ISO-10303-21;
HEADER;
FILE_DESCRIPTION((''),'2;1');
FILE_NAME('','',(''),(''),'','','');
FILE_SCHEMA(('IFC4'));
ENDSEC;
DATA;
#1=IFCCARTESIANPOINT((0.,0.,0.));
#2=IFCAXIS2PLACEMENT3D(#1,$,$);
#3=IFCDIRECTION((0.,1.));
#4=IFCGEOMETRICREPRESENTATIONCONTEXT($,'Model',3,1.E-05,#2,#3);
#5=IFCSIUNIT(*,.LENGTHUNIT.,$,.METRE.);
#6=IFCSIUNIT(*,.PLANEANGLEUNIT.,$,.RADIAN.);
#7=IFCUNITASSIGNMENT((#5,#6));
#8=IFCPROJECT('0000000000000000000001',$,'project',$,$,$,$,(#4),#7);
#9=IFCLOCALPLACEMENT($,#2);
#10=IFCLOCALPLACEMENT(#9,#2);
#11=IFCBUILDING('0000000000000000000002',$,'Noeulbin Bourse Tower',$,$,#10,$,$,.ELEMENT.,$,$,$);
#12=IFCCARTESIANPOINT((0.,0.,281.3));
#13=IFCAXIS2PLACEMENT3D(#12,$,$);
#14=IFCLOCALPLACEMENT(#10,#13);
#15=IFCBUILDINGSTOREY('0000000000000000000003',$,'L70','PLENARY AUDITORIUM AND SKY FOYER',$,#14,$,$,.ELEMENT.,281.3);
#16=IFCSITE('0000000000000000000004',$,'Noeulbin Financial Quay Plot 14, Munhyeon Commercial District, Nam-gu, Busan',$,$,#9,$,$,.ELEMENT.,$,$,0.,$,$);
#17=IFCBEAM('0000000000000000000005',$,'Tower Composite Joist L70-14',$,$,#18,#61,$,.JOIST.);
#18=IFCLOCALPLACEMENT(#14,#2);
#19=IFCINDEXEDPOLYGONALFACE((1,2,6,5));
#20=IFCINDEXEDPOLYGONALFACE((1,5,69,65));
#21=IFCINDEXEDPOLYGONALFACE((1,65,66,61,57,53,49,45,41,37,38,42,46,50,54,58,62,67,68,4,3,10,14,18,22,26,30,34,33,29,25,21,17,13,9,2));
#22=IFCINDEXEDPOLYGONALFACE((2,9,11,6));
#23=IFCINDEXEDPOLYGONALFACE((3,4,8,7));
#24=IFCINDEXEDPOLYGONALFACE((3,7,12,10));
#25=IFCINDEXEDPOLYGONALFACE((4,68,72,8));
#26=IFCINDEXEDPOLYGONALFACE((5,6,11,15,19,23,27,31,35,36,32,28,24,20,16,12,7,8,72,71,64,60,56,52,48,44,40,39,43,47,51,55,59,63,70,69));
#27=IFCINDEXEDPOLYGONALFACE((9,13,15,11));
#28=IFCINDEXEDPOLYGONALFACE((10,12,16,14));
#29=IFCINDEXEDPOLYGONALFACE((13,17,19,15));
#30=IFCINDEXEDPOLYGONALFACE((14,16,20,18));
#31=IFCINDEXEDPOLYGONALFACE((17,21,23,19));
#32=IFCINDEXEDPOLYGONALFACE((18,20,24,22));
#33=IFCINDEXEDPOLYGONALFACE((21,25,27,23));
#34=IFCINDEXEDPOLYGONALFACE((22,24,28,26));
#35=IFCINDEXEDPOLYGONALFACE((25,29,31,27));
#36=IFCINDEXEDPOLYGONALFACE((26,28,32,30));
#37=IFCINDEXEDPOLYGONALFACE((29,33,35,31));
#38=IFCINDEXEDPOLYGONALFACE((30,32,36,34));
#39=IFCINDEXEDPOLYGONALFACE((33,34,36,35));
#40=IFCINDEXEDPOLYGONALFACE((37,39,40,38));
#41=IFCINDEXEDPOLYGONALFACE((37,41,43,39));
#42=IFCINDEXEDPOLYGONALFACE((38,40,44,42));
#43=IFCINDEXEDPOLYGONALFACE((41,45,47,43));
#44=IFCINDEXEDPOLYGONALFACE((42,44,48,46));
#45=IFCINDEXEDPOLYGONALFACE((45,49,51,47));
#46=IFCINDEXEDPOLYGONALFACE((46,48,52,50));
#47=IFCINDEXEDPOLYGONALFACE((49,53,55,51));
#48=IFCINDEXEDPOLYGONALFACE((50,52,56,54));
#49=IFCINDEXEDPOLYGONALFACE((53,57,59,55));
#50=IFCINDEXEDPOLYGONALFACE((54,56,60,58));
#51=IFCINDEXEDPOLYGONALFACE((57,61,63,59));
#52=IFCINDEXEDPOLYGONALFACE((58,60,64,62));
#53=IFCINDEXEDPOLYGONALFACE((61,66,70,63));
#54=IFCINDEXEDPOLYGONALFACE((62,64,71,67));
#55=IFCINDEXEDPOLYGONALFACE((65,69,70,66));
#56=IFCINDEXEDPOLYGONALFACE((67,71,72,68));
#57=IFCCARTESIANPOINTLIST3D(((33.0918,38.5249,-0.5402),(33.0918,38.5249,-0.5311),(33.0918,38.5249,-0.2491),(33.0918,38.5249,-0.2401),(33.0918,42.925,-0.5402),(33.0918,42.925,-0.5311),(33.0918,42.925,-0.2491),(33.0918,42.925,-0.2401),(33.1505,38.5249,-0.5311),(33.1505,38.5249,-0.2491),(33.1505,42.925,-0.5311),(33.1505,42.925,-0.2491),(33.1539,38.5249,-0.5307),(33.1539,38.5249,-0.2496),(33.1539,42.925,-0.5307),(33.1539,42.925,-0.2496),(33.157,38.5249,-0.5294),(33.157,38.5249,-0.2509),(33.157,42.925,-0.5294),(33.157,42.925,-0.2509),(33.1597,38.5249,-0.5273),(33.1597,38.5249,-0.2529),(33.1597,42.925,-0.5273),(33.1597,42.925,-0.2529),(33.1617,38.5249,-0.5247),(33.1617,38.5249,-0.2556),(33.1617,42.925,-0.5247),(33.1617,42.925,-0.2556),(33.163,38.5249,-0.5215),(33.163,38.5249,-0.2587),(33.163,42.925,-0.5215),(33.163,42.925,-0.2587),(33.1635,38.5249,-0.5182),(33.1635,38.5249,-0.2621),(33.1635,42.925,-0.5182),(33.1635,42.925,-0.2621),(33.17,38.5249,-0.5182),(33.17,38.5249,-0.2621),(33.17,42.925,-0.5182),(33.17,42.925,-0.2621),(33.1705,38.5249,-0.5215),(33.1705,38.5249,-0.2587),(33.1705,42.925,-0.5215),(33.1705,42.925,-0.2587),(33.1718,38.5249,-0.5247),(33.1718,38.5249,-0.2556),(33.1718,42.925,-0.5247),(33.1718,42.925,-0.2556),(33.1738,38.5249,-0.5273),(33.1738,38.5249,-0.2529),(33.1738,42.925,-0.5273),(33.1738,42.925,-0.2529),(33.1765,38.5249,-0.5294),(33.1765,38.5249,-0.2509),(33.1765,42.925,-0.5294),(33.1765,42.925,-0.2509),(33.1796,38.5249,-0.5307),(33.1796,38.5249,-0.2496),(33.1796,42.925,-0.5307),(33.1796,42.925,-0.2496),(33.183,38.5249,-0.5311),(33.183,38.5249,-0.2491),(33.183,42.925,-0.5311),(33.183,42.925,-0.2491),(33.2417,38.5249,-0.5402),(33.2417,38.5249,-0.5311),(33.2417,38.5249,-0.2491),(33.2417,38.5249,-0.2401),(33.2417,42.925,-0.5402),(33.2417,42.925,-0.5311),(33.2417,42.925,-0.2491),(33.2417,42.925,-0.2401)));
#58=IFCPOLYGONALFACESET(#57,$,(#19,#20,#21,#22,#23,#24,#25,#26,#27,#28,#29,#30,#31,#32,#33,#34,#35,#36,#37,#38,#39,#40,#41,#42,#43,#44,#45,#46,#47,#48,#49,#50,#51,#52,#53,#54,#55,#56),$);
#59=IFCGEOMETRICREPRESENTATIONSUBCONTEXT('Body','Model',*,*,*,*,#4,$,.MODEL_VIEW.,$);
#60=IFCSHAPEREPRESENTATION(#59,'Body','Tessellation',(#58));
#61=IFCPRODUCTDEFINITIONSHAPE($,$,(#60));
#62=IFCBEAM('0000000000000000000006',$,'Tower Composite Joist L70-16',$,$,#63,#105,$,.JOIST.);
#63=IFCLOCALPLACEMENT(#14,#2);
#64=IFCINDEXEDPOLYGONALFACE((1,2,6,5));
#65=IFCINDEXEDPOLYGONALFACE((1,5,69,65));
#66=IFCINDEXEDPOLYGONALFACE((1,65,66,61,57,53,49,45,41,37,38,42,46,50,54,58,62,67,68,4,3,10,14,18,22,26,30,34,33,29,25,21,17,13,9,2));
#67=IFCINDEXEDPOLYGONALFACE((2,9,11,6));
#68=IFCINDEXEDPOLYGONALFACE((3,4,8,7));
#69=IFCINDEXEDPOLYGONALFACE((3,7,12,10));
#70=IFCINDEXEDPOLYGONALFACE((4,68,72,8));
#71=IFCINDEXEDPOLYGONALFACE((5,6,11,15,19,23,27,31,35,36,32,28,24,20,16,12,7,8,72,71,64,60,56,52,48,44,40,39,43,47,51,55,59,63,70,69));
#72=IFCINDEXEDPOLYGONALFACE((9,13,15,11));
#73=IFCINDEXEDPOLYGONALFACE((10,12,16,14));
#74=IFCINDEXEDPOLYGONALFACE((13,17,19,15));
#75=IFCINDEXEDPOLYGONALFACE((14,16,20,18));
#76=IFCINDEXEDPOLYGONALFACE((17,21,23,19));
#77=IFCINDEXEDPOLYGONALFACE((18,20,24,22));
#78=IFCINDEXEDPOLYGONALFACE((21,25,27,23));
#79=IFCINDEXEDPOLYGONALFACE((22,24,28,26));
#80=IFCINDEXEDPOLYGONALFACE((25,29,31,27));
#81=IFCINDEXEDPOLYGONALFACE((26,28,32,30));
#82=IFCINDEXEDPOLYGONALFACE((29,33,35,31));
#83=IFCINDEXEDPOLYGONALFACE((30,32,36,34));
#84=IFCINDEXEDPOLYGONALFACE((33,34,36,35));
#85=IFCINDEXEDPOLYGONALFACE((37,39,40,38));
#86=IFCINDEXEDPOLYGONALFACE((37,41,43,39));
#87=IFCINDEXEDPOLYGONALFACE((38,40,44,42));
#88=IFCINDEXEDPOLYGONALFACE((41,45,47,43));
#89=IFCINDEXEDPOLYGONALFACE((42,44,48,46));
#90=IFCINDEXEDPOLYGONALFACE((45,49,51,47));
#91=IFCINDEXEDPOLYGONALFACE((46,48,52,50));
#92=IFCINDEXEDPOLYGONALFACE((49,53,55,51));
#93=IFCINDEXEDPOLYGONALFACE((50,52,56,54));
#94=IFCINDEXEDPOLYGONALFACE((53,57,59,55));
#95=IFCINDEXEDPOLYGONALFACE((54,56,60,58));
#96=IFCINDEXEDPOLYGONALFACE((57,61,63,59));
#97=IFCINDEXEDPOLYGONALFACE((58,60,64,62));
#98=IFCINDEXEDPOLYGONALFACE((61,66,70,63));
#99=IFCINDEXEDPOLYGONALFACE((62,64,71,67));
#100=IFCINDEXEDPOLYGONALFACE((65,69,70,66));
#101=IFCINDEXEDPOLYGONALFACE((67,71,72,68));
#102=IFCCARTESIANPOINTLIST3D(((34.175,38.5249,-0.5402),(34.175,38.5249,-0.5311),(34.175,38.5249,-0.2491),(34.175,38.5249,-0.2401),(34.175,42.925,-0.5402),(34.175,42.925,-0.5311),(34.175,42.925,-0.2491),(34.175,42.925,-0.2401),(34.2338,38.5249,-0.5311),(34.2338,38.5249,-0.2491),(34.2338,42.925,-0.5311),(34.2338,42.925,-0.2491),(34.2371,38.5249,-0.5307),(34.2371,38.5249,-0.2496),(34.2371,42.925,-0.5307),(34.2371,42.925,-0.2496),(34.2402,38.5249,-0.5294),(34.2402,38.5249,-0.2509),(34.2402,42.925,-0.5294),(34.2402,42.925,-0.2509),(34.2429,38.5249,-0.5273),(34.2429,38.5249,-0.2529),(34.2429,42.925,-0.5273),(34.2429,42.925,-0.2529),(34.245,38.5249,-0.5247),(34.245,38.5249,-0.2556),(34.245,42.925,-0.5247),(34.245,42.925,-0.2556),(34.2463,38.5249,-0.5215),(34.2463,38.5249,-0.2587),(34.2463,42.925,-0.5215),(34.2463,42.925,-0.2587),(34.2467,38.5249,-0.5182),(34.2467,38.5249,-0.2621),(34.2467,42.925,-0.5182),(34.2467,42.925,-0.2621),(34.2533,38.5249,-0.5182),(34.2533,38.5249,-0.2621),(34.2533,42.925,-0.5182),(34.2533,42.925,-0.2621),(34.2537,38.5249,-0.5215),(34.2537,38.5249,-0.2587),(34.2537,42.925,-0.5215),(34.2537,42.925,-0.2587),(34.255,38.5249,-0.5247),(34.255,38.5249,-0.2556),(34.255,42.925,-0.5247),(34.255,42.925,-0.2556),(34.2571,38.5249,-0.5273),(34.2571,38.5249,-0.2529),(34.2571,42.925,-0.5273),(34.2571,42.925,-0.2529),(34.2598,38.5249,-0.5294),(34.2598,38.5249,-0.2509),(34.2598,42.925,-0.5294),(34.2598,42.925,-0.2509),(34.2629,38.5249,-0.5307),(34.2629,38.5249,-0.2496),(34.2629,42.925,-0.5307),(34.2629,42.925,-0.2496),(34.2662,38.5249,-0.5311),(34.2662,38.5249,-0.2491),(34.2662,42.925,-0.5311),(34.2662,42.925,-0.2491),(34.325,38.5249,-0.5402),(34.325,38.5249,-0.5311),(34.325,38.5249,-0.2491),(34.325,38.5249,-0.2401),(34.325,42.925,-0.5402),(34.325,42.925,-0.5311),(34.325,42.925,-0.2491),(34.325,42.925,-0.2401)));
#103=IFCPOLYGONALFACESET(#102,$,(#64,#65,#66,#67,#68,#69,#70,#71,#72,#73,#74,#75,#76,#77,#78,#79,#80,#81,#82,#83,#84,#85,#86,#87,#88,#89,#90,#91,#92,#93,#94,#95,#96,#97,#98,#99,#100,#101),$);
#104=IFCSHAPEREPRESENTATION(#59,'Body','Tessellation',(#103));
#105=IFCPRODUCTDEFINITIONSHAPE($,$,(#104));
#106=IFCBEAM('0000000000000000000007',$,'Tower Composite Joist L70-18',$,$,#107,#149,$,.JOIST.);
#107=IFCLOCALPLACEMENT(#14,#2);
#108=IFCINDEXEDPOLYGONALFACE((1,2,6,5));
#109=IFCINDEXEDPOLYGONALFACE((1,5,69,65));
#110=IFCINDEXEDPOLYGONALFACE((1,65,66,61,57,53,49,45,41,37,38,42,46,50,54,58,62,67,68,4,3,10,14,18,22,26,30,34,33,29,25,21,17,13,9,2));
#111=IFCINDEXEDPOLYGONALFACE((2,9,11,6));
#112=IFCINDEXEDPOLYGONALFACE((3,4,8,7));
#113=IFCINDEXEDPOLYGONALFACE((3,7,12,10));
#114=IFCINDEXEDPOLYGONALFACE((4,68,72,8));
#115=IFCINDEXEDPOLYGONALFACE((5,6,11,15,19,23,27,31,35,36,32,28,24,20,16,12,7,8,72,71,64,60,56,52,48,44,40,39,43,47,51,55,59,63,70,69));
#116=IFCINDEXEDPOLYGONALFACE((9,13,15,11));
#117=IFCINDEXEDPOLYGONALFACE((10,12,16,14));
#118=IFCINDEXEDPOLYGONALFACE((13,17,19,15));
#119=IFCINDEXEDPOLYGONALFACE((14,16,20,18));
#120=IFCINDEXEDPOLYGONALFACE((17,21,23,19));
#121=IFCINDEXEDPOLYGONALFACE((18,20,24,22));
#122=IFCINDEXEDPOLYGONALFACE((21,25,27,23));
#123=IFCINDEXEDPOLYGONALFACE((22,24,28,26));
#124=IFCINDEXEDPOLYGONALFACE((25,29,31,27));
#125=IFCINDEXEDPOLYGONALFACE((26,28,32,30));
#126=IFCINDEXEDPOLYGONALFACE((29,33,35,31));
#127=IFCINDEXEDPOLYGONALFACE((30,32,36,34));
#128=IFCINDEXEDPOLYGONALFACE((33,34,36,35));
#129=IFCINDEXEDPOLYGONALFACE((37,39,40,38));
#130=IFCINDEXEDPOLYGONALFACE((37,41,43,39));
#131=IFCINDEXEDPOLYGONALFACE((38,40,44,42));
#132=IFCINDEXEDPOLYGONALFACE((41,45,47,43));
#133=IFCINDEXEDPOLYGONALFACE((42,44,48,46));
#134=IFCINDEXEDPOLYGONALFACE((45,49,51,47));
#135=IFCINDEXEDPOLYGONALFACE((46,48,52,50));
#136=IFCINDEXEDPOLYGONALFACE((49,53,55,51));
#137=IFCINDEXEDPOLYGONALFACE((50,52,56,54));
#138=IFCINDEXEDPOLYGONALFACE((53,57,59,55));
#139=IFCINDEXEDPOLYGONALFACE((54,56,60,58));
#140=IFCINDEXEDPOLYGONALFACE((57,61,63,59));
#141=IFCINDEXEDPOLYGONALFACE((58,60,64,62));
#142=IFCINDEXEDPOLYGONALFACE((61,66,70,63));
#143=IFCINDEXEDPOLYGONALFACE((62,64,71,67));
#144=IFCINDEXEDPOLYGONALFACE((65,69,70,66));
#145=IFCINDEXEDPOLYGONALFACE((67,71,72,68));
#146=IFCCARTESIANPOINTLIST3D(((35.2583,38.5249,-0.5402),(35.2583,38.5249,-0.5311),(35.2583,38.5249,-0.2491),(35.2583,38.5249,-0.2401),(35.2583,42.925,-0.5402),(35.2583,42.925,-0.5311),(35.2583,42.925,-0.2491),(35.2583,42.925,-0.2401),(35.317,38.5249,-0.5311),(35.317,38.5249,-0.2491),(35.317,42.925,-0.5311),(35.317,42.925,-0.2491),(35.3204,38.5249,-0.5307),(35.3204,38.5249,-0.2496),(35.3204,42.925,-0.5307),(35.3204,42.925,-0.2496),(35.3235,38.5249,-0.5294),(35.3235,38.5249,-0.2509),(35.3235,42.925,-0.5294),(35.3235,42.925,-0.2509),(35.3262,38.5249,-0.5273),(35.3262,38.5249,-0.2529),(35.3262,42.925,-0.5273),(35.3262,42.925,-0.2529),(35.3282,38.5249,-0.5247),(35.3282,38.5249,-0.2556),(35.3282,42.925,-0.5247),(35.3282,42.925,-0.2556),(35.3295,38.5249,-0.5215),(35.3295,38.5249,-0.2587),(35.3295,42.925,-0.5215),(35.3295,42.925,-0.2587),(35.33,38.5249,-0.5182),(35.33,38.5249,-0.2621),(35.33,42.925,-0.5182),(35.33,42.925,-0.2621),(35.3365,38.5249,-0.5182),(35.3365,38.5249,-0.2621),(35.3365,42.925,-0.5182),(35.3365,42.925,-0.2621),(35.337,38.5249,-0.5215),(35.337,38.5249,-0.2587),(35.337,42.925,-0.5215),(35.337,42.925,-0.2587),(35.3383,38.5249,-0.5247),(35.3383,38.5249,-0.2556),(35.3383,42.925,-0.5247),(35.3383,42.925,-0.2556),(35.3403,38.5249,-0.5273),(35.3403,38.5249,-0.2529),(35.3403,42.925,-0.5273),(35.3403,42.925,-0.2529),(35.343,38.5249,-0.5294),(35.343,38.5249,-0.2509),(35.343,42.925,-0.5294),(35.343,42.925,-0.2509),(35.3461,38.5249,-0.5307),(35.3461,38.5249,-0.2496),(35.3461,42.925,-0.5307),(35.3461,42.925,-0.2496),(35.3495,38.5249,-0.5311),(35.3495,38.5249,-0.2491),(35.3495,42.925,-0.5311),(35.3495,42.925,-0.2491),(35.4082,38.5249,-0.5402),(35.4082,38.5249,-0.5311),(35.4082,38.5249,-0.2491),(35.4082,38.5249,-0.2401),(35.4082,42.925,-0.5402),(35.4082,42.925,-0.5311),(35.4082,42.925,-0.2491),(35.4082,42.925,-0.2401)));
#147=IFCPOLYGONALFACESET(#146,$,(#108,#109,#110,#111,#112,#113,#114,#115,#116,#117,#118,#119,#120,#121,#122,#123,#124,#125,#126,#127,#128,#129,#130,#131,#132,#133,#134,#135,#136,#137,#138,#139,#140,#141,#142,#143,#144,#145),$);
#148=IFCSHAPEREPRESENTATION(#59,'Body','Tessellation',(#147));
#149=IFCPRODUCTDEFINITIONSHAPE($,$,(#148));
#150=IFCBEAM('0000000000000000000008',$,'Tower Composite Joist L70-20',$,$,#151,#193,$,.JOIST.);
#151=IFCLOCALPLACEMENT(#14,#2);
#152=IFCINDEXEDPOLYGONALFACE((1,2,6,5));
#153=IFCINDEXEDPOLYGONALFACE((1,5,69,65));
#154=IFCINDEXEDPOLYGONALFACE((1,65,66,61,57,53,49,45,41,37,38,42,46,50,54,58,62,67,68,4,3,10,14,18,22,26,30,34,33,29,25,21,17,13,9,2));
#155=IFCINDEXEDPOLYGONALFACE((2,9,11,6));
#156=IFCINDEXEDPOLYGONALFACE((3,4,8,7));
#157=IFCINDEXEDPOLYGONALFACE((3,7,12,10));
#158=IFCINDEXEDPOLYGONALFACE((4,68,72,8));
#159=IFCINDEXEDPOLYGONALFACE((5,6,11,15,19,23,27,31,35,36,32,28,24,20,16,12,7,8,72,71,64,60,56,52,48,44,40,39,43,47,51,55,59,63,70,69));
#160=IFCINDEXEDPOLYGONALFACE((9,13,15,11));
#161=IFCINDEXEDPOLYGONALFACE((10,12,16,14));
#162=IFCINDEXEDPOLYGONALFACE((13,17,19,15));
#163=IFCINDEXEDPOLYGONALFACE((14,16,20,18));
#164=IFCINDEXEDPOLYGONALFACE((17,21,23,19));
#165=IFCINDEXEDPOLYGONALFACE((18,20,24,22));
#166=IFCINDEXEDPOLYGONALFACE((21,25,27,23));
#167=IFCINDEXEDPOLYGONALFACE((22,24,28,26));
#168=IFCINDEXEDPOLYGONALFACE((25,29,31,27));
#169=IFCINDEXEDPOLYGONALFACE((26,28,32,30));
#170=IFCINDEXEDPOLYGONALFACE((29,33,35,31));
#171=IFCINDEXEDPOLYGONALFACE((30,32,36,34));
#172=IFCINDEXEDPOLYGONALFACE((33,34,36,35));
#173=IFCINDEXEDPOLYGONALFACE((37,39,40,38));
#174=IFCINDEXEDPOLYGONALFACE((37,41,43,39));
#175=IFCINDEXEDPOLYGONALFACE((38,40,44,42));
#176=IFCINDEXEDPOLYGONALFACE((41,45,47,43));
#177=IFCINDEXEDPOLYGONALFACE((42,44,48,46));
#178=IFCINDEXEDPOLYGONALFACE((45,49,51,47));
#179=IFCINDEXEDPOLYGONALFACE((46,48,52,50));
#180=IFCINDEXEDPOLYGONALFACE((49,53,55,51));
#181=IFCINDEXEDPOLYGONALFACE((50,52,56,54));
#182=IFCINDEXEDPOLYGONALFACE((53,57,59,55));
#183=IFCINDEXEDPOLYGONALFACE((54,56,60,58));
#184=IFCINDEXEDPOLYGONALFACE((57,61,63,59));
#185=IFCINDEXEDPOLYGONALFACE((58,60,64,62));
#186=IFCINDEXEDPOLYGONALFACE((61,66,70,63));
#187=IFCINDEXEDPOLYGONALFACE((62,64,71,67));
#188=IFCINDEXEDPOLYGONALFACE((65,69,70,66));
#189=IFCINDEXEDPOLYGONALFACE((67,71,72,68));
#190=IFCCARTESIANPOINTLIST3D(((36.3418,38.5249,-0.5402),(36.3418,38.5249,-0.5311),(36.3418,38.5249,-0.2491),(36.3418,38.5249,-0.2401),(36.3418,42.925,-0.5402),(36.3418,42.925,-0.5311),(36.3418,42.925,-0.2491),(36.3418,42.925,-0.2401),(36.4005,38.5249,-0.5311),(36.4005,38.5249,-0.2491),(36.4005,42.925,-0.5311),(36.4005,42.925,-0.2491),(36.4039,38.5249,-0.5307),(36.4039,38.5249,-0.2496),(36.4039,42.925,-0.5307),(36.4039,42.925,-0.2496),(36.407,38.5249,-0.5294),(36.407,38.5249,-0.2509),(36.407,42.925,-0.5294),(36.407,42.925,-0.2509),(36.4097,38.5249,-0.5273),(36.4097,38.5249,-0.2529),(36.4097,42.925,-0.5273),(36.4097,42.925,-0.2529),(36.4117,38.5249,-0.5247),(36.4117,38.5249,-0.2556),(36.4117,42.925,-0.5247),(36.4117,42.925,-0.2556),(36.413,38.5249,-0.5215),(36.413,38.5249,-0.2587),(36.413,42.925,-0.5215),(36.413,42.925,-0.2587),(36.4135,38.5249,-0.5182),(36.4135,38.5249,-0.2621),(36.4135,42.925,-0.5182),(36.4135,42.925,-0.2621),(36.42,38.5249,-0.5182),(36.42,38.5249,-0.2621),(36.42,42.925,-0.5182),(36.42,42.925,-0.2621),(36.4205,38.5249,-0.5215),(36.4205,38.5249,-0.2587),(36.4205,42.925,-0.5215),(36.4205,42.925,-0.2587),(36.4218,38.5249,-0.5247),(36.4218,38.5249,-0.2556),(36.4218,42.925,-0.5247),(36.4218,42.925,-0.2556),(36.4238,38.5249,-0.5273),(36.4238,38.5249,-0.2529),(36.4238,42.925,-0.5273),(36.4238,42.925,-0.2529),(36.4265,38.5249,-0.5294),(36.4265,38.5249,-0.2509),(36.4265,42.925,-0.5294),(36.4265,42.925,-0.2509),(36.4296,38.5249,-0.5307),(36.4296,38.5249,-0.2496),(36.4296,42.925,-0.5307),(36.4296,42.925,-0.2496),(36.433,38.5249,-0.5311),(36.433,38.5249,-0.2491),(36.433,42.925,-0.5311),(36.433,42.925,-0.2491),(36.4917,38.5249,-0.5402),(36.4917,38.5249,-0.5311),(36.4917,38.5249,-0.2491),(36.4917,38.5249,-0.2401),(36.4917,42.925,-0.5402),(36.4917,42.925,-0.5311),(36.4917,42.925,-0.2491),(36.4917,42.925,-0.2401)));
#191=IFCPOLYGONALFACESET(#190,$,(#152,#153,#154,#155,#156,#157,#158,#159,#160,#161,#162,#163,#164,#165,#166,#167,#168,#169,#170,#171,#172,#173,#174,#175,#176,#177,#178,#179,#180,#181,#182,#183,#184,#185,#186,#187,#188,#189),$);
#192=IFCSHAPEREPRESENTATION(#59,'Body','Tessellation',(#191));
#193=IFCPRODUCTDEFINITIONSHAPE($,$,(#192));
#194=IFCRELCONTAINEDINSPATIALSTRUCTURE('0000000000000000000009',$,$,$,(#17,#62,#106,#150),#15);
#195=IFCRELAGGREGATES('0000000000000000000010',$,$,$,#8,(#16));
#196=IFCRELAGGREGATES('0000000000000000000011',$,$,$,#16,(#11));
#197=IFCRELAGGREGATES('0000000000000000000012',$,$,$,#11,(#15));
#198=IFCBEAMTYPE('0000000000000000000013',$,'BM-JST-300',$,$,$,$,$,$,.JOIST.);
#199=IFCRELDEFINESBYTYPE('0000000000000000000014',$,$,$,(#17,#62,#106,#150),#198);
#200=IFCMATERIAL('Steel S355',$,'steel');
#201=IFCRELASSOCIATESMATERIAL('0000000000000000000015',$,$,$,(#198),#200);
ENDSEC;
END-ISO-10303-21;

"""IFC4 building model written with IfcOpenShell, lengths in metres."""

from ifc_helpers import new_model, si_unit, direction, frame, origin, origin_2d, place, context, subcontext, project, spatial, i_section, extrude, material, material_profile, profile_set, type_object, element, save


model = new_model("IFC4")

# Units and contexts
model_context = context("Model", 3, precision=1e-05, world=origin(), true_north=direction((0.0, 1.0)))
body_context = subcontext(model_context, "Body", "Model", "MODEL_VIEW")
ifc_project = project(units=[si_unit("LENGTHUNIT", "METRE"), si_unit("PLANEANGLEUNIT", "RADIAN")], contexts=[model_context])

# Site, building, storey
site_placement = place(None, origin())
site = spatial("IfcSite", under=ifc_project, at=site_placement, Name="Noeulbin Financial Quay Plot 14, Munhyeon Commercial District, Nam-gu, Busan", CompositionType="ELEMENT", RefElevation=0.0)
building_placement = place(site_placement, origin())
building = spatial("IfcBuilding", under=site, at=building_placement, Name="Noeulbin Bourse Tower", CompositionType="ELEMENT")
storey_placement = place(building_placement, frame((0.0, 0.0, 281.3)))
storey = spatial("IfcBuildingStorey", under=building, at=storey_placement, Name="L70", Description="PLENARY AUDITORIUM AND SKY FOYER", CompositionType="ELEMENT", Elevation=281.3)

# Shared definitions
ifc_material_1 = material(Name="Steel S355", Category="steel")

# Beams
ifc_material_profile_1 = material_profile(ifc_material_1, i_section(OverallWidth=0.1499, OverallDepth=0.3, WebThickness=0.0066, FlangeThickness=0.009, FilletRadius=0.0129, at=origin_2d()), Name="H-300x150x6.5x9", Category="LoadBearing")
ifc_profile_set_1 = profile_set([ifc_material_profile_1], Name="Steel S355")
beam_type_1 = type_object("IfcBeamType", Name="BM-JST-300", PredefinedType="JOIST", material=ifc_profile_set_1)
for number, where, z_axis, x_axis, name in (
    (1, (33.1667, 38.5249, -0.3901), (0.0, 1.0, 0.0), (-1.0, 0.0, 0.0), "Tower Composite Joist L70-14"),
    (2, (34.25, 38.5249, -0.3901), (0.0, 1.0, 0.0), (-1.0, 0.0, 0.0), "Tower Composite Joist L70-16"),
    (3, (35.3333, 38.5249, -0.3901), (0.0, 1.0, 0.0), (-1.0, 0.0, 0.0), "Tower Composite Joist L70-18"),
    (4, (36.4167, 38.5249, -0.3901), (0.0, 1.0, 0.0), (-1.0, 0.0, 0.0), "Tower Composite Joist L70-20"),
):
    element("IfcBeam", number, at=place(storey_placement, frame(where, z_axis=z_axis, x_axis=x_axis)), inside=storey, type_object=beam_type_1, Name=name, PredefinedType="JOIST", context=body_context, shape_type="SweptSolid", body=[
        extrude(i_section(OverallWidth=0.1499, OverallDepth=0.3, WebThickness=0.0066, FlangeThickness=0.009, FilletRadius=0.0129, at=origin_2d()), origin(), (0.0, 0.0, 1.0), 4.4001),
    ])

save(model, "model.ifc")
